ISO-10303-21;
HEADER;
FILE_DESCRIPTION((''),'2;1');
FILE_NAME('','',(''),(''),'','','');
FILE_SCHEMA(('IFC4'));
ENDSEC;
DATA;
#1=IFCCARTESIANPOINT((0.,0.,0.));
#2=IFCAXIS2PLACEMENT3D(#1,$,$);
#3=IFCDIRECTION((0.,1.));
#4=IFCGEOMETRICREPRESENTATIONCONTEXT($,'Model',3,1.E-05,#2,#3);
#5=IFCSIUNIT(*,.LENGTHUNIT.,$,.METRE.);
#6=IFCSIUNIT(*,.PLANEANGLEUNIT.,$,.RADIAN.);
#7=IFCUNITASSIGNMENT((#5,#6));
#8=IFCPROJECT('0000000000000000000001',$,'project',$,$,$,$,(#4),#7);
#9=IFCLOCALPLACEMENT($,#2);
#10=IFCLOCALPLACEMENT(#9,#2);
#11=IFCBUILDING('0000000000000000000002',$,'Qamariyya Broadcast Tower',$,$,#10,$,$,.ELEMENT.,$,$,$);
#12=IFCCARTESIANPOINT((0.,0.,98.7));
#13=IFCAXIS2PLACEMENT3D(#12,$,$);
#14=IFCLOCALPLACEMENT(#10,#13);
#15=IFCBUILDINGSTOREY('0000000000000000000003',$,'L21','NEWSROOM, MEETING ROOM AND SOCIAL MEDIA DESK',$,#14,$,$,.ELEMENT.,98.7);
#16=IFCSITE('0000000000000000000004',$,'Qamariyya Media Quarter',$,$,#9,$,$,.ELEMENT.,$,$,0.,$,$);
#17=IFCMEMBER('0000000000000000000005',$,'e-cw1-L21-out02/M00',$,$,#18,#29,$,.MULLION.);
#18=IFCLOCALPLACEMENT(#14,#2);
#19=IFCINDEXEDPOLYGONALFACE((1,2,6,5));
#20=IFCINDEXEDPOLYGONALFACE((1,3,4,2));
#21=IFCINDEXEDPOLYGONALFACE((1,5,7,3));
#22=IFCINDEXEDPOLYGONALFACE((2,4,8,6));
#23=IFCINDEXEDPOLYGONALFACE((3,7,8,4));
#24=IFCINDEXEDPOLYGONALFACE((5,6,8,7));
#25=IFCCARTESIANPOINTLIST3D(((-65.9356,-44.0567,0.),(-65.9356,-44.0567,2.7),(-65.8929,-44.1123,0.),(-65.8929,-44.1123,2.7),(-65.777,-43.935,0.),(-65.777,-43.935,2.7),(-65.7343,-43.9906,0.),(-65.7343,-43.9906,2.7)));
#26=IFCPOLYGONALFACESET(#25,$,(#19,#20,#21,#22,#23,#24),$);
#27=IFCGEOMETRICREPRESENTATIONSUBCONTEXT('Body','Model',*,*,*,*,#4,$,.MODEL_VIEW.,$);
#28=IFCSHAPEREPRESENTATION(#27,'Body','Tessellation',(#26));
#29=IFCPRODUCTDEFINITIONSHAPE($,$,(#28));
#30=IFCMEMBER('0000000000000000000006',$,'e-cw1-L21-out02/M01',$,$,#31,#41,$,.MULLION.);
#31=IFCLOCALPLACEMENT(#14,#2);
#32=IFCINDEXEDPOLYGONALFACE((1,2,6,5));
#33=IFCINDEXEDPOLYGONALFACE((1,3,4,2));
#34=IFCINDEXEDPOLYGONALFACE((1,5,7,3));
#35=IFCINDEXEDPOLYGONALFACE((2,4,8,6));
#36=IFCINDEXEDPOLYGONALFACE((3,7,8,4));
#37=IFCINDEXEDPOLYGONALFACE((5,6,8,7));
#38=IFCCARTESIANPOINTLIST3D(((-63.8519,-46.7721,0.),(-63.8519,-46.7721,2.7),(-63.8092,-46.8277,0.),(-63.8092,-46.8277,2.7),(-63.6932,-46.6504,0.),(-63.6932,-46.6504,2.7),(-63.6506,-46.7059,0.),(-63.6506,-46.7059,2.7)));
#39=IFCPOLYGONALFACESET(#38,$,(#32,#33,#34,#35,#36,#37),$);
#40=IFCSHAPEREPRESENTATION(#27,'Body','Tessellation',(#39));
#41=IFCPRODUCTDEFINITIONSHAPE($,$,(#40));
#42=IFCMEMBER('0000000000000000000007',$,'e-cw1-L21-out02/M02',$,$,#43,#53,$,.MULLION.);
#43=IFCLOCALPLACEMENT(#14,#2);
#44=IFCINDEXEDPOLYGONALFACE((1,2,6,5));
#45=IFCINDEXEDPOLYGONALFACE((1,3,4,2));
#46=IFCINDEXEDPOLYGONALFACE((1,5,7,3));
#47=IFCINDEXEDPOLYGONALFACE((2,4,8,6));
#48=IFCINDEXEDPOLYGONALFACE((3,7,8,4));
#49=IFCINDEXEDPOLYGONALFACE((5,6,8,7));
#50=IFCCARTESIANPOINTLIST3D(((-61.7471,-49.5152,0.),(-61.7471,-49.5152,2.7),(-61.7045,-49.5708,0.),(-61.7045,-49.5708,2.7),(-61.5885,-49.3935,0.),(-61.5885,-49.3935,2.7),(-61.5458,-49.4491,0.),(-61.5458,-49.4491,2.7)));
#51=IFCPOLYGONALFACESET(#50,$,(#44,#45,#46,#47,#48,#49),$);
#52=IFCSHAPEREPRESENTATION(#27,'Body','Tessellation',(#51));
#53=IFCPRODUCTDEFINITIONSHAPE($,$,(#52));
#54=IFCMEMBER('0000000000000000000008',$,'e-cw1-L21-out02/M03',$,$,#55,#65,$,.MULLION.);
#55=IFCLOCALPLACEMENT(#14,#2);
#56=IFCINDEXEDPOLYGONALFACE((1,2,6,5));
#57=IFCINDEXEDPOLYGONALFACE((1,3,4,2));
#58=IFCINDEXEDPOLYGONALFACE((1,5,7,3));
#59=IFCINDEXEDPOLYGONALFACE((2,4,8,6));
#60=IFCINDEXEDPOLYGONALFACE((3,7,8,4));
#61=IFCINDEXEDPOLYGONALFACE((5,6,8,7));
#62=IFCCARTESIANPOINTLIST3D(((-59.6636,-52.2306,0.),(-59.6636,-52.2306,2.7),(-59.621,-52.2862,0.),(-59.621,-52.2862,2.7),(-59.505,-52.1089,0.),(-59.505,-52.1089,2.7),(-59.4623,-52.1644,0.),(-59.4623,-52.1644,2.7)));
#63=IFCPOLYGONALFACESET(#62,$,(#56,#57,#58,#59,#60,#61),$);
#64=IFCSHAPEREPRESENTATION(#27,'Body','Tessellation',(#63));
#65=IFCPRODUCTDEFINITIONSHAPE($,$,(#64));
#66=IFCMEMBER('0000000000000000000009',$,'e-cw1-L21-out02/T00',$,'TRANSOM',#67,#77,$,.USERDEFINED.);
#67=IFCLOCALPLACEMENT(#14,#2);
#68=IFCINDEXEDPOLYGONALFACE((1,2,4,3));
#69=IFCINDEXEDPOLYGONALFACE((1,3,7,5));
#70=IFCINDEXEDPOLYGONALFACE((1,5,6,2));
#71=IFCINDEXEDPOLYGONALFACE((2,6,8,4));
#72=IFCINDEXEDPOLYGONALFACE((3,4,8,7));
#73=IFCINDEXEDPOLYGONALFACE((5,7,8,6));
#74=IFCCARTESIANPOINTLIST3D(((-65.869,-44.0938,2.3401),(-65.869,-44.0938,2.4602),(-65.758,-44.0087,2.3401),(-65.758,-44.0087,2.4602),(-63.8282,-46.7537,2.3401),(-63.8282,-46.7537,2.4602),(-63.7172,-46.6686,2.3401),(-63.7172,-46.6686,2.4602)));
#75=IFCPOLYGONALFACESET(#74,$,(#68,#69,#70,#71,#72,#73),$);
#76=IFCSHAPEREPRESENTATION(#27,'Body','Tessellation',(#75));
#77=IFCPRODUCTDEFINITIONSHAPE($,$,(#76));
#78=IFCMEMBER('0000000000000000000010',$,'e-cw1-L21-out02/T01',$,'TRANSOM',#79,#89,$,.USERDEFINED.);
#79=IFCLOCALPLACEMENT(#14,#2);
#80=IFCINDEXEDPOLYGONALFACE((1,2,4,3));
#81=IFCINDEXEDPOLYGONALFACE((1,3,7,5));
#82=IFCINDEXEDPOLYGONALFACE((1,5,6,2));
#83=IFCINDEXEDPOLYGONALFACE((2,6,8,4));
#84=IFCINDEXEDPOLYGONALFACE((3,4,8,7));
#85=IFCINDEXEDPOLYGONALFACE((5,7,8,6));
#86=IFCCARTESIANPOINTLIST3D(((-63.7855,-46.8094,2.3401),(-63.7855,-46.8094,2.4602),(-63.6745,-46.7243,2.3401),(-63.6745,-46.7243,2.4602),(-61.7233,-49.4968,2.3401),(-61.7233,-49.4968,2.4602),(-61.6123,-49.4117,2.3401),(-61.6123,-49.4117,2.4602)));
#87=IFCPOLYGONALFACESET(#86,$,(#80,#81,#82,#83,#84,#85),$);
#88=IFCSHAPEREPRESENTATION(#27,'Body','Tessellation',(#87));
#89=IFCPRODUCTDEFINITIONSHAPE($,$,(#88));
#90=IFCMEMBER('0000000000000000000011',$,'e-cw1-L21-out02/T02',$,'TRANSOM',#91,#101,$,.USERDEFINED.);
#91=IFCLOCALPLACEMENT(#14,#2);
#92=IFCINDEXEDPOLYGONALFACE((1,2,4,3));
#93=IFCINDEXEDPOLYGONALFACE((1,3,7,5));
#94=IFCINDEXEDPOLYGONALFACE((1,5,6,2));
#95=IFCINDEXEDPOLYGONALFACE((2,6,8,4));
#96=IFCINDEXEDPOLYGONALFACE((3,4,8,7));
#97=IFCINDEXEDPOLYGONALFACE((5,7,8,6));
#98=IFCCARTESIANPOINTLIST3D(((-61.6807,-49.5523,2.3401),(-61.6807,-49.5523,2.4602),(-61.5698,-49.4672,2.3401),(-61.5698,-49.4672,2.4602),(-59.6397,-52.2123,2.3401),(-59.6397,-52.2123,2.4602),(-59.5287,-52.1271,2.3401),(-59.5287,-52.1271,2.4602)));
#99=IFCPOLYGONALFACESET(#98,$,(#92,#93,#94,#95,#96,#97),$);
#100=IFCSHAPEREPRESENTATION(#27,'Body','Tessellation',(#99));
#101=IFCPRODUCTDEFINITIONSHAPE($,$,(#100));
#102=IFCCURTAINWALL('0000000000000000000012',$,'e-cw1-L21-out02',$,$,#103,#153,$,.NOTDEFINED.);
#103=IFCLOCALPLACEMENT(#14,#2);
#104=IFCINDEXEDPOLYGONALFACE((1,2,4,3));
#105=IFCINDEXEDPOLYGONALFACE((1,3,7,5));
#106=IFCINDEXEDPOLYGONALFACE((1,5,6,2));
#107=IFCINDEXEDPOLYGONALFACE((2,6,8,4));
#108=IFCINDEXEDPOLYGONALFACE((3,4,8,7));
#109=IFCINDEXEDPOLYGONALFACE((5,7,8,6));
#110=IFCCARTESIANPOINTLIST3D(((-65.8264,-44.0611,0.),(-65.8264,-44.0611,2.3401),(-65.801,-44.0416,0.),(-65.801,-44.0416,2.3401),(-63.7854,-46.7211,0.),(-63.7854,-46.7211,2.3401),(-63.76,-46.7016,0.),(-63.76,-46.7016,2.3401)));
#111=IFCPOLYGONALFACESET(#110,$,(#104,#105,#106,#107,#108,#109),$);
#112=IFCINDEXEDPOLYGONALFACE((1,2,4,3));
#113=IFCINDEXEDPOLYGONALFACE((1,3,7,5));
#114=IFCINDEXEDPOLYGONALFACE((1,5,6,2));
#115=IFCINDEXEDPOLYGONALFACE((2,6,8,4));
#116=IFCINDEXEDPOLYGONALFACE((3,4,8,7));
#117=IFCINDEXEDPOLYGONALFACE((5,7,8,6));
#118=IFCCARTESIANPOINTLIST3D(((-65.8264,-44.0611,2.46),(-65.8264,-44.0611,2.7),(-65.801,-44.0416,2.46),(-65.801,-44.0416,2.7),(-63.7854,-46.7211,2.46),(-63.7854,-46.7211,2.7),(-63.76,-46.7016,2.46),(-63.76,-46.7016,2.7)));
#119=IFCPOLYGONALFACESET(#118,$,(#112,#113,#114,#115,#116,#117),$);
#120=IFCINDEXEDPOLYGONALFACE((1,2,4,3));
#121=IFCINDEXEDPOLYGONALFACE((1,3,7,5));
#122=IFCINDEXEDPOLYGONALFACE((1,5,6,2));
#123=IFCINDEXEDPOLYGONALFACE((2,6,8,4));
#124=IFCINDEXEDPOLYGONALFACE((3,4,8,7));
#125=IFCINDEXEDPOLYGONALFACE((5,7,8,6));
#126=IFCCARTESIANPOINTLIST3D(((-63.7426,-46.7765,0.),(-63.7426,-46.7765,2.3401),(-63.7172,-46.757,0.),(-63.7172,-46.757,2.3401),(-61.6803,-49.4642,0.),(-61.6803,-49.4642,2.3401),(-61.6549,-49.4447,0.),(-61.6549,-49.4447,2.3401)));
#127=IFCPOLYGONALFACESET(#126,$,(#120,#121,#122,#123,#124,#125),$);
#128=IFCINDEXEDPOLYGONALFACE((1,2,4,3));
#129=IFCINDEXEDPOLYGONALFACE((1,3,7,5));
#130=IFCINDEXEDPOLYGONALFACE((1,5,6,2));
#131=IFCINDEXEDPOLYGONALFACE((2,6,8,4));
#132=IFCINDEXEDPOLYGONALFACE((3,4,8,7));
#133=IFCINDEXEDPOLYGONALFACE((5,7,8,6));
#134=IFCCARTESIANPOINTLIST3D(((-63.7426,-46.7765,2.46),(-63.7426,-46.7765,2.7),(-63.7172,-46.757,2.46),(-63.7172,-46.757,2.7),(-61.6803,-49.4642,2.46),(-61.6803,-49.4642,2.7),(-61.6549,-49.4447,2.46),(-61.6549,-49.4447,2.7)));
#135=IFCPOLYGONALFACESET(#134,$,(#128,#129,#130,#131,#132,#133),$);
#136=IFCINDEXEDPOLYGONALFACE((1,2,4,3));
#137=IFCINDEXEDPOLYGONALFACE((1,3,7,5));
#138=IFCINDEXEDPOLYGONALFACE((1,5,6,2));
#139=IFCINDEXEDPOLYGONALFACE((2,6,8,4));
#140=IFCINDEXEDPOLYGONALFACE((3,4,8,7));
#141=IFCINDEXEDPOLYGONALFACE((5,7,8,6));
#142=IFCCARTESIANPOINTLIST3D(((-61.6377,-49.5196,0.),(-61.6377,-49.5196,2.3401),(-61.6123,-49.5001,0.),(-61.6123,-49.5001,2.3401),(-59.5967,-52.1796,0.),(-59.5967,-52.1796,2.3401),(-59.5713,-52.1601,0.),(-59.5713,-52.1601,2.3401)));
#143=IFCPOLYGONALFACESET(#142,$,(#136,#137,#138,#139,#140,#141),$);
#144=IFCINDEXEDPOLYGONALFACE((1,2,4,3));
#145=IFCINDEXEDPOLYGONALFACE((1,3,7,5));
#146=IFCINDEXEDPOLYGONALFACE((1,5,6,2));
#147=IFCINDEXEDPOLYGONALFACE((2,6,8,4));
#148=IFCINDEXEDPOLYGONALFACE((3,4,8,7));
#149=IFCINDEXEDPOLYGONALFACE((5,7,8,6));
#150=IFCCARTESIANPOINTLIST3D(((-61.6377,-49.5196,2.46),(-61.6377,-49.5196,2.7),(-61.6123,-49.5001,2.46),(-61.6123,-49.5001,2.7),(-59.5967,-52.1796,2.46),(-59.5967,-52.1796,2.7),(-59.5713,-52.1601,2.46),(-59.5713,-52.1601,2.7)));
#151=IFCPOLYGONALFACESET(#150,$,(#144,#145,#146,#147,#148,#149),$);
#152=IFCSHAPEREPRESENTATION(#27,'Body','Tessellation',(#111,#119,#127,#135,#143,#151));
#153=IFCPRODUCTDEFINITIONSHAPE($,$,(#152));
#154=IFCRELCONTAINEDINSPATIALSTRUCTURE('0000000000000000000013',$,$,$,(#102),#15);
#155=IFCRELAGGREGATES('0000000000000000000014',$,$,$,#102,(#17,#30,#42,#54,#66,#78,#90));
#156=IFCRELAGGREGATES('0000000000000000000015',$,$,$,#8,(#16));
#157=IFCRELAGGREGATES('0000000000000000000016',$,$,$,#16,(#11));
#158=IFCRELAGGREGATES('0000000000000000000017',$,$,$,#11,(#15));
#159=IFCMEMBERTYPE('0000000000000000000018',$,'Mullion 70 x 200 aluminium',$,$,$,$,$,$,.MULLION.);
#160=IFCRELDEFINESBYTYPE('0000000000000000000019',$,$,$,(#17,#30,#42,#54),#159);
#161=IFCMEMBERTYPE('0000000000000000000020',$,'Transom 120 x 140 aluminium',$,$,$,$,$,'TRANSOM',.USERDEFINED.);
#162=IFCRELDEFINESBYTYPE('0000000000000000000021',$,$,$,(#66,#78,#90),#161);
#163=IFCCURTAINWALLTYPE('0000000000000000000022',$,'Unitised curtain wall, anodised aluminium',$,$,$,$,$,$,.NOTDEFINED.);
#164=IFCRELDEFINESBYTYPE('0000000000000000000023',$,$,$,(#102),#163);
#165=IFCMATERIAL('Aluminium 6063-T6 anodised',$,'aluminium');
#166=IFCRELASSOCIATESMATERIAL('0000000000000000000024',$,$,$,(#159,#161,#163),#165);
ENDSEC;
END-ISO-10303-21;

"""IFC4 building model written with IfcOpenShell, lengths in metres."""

from ifc_helpers import new_model, si_unit, direction, frame, origin, origin_2d, place, context, subcontext, project, spatial, rectangle, extrude, material, material_profile, profile_set, type_object, element, aggregate, save


model = new_model("IFC4")

# Units and contexts
model_context = context("Model", 3, precision=1e-05, world=origin(), true_north=direction((0.0, 1.0)))
body_context = subcontext(model_context, "Body", "Model", "MODEL_VIEW")
ifc_project = project(units=[si_unit("LENGTHUNIT", "METRE"), si_unit("PLANEANGLEUNIT", "RADIAN")], contexts=[model_context])

# Members
ifc_material_1 = material(Name="Aluminium 6063-T6 anodised", Category="aluminium")
ifc_material_profile_1 = material_profile(ifc_material_1, rectangle(XDim=0.2, YDim=0.0701, at=origin_2d()))
ifc_profile_set_1 = profile_set([ifc_material_profile_1], Name="Aluminium 6063-T6 anodised")
member_type_1 = type_object("IfcMemberType", Name="Mullion 70 x 200 aluminium", PredefinedType="MULLION", material=ifc_profile_set_1)
site_placement = place(None, origin())
building_placement = place(site_placement, origin())
storey_placement = place(building_placement, frame((0.0, 0.0, 98.7)))
member_1_placement = place(storey_placement, frame((-65.835, -44.0237, 0.0), z_axis=(0.0, 0.0, 1.0), x_axis=(0.793353, 0.608761, 0.0)))
member_1 = element("IfcMember", 1, at=member_1_placement, type_object=member_type_1, Name="e-cw1-L21-out02/M00", PredefinedType="MULLION", context=body_context, shape_type="SweptSolid", body=[
    extrude(rectangle(XDim=0.2, YDim=0.0701, at=origin_2d()), origin(), (0.0, 0.0, 1.0), 2.7),
])
member_2_placement = place(storey_placement, frame((-63.7512, -46.739, 0.0), z_axis=(0.0, 0.0, 1.0), x_axis=(0.793353, 0.608761, 0.0)))
member_2 = element("IfcMember", 2, at=member_2_placement, type_object=member_type_1, Name="e-cw1-L21-out02/M01", PredefinedType="MULLION", context=body_context, shape_type="SweptSolid", body=[
    extrude(rectangle(XDim=0.2, YDim=0.0701, at=origin_2d()), origin(), (0.0, 0.0, 1.0), 2.7),
])
member_3_placement = place(storey_placement, frame((-61.6465, -49.4822, 0.0), z_axis=(0.0, 0.0, 1.0), x_axis=(0.793353, 0.608761, 0.0)))
member_3 = element("IfcMember", 3, at=member_3_placement, type_object=member_type_1, Name="e-cw1-L21-out02/M02", PredefinedType="MULLION", context=body_context, shape_type="SweptSolid", body=[
    extrude(rectangle(XDim=0.2, YDim=0.0701, at=origin_2d()), origin(), (0.0, 0.0, 1.0), 2.7),
])
member_4_placement = place(storey_placement, frame((-59.563, -52.1975, 0.0), z_axis=(0.0, 0.0, 1.0), x_axis=(0.793353, 0.608761, 0.0)))
member_4 = element("IfcMember", 4, at=member_4_placement, type_object=member_type_1, Name="e-cw1-L21-out02/M03", PredefinedType="MULLION", context=body_context, shape_type="SweptSolid", body=[
    extrude(rectangle(XDim=0.2, YDim=0.0701, at=origin_2d()), origin(), (0.0, 0.0, 1.0), 2.7),
])
ifc_material_profile_2 = material_profile(ifc_material_1, rectangle(XDim=0.1399, YDim=0.1201, at=origin_2d()))
ifc_profile_set_2 = profile_set([ifc_material_profile_2], Name="Aluminium 6063-T6 anodised")
member_type_2 = type_object("IfcMemberType", Name="Transom 120 x 140 aluminium", ElementType="TRANSOM", PredefinedType="USERDEFINED", material=ifc_profile_set_2)
member_5_placement = place(storey_placement, frame((-65.8135, -44.0513, 2.4001), z_axis=(0.608714, -0.793389, 0.0), x_axis=(0.793389, 0.608714, 0.0)))
member_5 = element("IfcMember", 5, at=member_5_placement, type_object=member_type_2, Name="e-cw1-L21-out02/T00", ObjectType="TRANSOM", PredefinedType="USERDEFINED", context=body_context, shape_type="SweptSolid", body=[
    extrude(rectangle(XDim=0.1399, YDim=0.1201, at=origin_2d()), origin(), (0.0, 0.0, 1.0), 3.3525),
])
member_6_placement = place(storey_placement, frame((-63.73, -46.7668, 2.4001), z_axis=(0.608773, -0.793344, 0.0), x_axis=(0.793344, 0.608773, 0.0)))
member_6 = element("IfcMember", 6, at=member_6_placement, type_object=member_type_2, Name="e-cw1-L21-out02/T01", ObjectType="TRANSOM", PredefinedType="USERDEFINED", context=body_context, shape_type="SweptSolid", body=[
    extrude(rectangle(XDim=0.1399, YDim=0.1201, at=origin_2d()), origin(), (0.0, 0.0, 1.0), 3.3875),
])
member_7_placement = place(storey_placement, frame((-61.6252, -49.5098, 2.4001), z_axis=(0.60876, -0.793354, 0.0), x_axis=(0.793354, 0.60876, 0.0)))
member_7 = element("IfcMember", 7, at=member_7_placement, type_object=member_type_2, Name="e-cw1-L21-out02/T02", ObjectType="TRANSOM", PredefinedType="USERDEFINED", context=body_context, shape_type="SweptSolid", body=[
    extrude(rectangle(XDim=0.1399, YDim=0.1201, at=origin_2d()), origin(), (0.0, 0.0, 1.0), 3.3528),
])

# Site, building, storey
site = spatial("IfcSite", under=ifc_project, at=site_placement, Name="Qamariyya Media Quarter", CompositionType="ELEMENT", RefElevation=0.0)
building = spatial("IfcBuilding", under=site, at=building_placement, Name="Qamariyya Broadcast Tower", CompositionType="ELEMENT")
storey = spatial("IfcBuildingStorey", under=building, at=storey_placement, Name="L21", Description="NEWSROOM, MEETING ROOM AND SOCIAL MEDIA DESK", CompositionType="ELEMENT", Elevation=98.7)

# Curtain wall
curtain_wall_type = type_object("IfcCurtainWallType", Name="Unitised curtain wall, anodised aluminium", PredefinedType="NOTDEFINED", material=ifc_material_1)
curtain_wall_1_placement = place(storey_placement, origin())
curtain_wall_1 = element("IfcCurtainWall", 8, at=curtain_wall_1_placement, inside=storey, type_object=curtain_wall_type, Name="e-cw1-L21-out02", PredefinedType="NOTDEFINED", context=body_context, shape_type="SweptSolid", body=[
    extrude(rectangle(XDim=3.3528, YDim=0.032, at=origin_2d()), frame((-64.7932, -45.3813, 0.0), x_axis=(0.608761, -0.793354, 0.0)), (0.0, 0.0, 1.0), 2.3401),
    extrude(rectangle(XDim=3.3528, YDim=0.032, at=origin_2d()), frame((-64.7932, -45.3813, 2.46), x_axis=(0.608761, -0.793354, 0.0)), (0.0, 0.0, 1.0), 0.24),
    extrude(rectangle(XDim=3.3877, YDim=0.032, at=origin_2d()), frame((-62.6987, -48.1106, 0.0), x_axis=(0.608761, -0.793354, 0.0)), (0.0, 0.0, 1.0), 2.3401),
    extrude(rectangle(XDim=3.3877, YDim=0.032, at=origin_2d()), frame((-62.6987, -48.1106, 2.46), x_axis=(0.608761, -0.793354, 0.0)), (0.0, 0.0, 1.0), 0.24),
    extrude(rectangle(XDim=3.3528, YDim=0.032, at=origin_2d()), frame((-60.6045, -50.8398, 0.0), x_axis=(0.608761, -0.793354, 0.0)), (0.0, 0.0, 1.0), 2.3401),
    extrude(rectangle(XDim=3.3528, YDim=0.032, at=origin_2d()), frame((-60.6045, -50.8398, 2.46), x_axis=(0.608761, -0.793354, 0.0)), (0.0, 0.0, 1.0), 0.24),
])
aggregate(curtain_wall_1, [member_1, member_2, member_3, member_4, member_5, member_6, member_7])

save(model, "model.ifc")
